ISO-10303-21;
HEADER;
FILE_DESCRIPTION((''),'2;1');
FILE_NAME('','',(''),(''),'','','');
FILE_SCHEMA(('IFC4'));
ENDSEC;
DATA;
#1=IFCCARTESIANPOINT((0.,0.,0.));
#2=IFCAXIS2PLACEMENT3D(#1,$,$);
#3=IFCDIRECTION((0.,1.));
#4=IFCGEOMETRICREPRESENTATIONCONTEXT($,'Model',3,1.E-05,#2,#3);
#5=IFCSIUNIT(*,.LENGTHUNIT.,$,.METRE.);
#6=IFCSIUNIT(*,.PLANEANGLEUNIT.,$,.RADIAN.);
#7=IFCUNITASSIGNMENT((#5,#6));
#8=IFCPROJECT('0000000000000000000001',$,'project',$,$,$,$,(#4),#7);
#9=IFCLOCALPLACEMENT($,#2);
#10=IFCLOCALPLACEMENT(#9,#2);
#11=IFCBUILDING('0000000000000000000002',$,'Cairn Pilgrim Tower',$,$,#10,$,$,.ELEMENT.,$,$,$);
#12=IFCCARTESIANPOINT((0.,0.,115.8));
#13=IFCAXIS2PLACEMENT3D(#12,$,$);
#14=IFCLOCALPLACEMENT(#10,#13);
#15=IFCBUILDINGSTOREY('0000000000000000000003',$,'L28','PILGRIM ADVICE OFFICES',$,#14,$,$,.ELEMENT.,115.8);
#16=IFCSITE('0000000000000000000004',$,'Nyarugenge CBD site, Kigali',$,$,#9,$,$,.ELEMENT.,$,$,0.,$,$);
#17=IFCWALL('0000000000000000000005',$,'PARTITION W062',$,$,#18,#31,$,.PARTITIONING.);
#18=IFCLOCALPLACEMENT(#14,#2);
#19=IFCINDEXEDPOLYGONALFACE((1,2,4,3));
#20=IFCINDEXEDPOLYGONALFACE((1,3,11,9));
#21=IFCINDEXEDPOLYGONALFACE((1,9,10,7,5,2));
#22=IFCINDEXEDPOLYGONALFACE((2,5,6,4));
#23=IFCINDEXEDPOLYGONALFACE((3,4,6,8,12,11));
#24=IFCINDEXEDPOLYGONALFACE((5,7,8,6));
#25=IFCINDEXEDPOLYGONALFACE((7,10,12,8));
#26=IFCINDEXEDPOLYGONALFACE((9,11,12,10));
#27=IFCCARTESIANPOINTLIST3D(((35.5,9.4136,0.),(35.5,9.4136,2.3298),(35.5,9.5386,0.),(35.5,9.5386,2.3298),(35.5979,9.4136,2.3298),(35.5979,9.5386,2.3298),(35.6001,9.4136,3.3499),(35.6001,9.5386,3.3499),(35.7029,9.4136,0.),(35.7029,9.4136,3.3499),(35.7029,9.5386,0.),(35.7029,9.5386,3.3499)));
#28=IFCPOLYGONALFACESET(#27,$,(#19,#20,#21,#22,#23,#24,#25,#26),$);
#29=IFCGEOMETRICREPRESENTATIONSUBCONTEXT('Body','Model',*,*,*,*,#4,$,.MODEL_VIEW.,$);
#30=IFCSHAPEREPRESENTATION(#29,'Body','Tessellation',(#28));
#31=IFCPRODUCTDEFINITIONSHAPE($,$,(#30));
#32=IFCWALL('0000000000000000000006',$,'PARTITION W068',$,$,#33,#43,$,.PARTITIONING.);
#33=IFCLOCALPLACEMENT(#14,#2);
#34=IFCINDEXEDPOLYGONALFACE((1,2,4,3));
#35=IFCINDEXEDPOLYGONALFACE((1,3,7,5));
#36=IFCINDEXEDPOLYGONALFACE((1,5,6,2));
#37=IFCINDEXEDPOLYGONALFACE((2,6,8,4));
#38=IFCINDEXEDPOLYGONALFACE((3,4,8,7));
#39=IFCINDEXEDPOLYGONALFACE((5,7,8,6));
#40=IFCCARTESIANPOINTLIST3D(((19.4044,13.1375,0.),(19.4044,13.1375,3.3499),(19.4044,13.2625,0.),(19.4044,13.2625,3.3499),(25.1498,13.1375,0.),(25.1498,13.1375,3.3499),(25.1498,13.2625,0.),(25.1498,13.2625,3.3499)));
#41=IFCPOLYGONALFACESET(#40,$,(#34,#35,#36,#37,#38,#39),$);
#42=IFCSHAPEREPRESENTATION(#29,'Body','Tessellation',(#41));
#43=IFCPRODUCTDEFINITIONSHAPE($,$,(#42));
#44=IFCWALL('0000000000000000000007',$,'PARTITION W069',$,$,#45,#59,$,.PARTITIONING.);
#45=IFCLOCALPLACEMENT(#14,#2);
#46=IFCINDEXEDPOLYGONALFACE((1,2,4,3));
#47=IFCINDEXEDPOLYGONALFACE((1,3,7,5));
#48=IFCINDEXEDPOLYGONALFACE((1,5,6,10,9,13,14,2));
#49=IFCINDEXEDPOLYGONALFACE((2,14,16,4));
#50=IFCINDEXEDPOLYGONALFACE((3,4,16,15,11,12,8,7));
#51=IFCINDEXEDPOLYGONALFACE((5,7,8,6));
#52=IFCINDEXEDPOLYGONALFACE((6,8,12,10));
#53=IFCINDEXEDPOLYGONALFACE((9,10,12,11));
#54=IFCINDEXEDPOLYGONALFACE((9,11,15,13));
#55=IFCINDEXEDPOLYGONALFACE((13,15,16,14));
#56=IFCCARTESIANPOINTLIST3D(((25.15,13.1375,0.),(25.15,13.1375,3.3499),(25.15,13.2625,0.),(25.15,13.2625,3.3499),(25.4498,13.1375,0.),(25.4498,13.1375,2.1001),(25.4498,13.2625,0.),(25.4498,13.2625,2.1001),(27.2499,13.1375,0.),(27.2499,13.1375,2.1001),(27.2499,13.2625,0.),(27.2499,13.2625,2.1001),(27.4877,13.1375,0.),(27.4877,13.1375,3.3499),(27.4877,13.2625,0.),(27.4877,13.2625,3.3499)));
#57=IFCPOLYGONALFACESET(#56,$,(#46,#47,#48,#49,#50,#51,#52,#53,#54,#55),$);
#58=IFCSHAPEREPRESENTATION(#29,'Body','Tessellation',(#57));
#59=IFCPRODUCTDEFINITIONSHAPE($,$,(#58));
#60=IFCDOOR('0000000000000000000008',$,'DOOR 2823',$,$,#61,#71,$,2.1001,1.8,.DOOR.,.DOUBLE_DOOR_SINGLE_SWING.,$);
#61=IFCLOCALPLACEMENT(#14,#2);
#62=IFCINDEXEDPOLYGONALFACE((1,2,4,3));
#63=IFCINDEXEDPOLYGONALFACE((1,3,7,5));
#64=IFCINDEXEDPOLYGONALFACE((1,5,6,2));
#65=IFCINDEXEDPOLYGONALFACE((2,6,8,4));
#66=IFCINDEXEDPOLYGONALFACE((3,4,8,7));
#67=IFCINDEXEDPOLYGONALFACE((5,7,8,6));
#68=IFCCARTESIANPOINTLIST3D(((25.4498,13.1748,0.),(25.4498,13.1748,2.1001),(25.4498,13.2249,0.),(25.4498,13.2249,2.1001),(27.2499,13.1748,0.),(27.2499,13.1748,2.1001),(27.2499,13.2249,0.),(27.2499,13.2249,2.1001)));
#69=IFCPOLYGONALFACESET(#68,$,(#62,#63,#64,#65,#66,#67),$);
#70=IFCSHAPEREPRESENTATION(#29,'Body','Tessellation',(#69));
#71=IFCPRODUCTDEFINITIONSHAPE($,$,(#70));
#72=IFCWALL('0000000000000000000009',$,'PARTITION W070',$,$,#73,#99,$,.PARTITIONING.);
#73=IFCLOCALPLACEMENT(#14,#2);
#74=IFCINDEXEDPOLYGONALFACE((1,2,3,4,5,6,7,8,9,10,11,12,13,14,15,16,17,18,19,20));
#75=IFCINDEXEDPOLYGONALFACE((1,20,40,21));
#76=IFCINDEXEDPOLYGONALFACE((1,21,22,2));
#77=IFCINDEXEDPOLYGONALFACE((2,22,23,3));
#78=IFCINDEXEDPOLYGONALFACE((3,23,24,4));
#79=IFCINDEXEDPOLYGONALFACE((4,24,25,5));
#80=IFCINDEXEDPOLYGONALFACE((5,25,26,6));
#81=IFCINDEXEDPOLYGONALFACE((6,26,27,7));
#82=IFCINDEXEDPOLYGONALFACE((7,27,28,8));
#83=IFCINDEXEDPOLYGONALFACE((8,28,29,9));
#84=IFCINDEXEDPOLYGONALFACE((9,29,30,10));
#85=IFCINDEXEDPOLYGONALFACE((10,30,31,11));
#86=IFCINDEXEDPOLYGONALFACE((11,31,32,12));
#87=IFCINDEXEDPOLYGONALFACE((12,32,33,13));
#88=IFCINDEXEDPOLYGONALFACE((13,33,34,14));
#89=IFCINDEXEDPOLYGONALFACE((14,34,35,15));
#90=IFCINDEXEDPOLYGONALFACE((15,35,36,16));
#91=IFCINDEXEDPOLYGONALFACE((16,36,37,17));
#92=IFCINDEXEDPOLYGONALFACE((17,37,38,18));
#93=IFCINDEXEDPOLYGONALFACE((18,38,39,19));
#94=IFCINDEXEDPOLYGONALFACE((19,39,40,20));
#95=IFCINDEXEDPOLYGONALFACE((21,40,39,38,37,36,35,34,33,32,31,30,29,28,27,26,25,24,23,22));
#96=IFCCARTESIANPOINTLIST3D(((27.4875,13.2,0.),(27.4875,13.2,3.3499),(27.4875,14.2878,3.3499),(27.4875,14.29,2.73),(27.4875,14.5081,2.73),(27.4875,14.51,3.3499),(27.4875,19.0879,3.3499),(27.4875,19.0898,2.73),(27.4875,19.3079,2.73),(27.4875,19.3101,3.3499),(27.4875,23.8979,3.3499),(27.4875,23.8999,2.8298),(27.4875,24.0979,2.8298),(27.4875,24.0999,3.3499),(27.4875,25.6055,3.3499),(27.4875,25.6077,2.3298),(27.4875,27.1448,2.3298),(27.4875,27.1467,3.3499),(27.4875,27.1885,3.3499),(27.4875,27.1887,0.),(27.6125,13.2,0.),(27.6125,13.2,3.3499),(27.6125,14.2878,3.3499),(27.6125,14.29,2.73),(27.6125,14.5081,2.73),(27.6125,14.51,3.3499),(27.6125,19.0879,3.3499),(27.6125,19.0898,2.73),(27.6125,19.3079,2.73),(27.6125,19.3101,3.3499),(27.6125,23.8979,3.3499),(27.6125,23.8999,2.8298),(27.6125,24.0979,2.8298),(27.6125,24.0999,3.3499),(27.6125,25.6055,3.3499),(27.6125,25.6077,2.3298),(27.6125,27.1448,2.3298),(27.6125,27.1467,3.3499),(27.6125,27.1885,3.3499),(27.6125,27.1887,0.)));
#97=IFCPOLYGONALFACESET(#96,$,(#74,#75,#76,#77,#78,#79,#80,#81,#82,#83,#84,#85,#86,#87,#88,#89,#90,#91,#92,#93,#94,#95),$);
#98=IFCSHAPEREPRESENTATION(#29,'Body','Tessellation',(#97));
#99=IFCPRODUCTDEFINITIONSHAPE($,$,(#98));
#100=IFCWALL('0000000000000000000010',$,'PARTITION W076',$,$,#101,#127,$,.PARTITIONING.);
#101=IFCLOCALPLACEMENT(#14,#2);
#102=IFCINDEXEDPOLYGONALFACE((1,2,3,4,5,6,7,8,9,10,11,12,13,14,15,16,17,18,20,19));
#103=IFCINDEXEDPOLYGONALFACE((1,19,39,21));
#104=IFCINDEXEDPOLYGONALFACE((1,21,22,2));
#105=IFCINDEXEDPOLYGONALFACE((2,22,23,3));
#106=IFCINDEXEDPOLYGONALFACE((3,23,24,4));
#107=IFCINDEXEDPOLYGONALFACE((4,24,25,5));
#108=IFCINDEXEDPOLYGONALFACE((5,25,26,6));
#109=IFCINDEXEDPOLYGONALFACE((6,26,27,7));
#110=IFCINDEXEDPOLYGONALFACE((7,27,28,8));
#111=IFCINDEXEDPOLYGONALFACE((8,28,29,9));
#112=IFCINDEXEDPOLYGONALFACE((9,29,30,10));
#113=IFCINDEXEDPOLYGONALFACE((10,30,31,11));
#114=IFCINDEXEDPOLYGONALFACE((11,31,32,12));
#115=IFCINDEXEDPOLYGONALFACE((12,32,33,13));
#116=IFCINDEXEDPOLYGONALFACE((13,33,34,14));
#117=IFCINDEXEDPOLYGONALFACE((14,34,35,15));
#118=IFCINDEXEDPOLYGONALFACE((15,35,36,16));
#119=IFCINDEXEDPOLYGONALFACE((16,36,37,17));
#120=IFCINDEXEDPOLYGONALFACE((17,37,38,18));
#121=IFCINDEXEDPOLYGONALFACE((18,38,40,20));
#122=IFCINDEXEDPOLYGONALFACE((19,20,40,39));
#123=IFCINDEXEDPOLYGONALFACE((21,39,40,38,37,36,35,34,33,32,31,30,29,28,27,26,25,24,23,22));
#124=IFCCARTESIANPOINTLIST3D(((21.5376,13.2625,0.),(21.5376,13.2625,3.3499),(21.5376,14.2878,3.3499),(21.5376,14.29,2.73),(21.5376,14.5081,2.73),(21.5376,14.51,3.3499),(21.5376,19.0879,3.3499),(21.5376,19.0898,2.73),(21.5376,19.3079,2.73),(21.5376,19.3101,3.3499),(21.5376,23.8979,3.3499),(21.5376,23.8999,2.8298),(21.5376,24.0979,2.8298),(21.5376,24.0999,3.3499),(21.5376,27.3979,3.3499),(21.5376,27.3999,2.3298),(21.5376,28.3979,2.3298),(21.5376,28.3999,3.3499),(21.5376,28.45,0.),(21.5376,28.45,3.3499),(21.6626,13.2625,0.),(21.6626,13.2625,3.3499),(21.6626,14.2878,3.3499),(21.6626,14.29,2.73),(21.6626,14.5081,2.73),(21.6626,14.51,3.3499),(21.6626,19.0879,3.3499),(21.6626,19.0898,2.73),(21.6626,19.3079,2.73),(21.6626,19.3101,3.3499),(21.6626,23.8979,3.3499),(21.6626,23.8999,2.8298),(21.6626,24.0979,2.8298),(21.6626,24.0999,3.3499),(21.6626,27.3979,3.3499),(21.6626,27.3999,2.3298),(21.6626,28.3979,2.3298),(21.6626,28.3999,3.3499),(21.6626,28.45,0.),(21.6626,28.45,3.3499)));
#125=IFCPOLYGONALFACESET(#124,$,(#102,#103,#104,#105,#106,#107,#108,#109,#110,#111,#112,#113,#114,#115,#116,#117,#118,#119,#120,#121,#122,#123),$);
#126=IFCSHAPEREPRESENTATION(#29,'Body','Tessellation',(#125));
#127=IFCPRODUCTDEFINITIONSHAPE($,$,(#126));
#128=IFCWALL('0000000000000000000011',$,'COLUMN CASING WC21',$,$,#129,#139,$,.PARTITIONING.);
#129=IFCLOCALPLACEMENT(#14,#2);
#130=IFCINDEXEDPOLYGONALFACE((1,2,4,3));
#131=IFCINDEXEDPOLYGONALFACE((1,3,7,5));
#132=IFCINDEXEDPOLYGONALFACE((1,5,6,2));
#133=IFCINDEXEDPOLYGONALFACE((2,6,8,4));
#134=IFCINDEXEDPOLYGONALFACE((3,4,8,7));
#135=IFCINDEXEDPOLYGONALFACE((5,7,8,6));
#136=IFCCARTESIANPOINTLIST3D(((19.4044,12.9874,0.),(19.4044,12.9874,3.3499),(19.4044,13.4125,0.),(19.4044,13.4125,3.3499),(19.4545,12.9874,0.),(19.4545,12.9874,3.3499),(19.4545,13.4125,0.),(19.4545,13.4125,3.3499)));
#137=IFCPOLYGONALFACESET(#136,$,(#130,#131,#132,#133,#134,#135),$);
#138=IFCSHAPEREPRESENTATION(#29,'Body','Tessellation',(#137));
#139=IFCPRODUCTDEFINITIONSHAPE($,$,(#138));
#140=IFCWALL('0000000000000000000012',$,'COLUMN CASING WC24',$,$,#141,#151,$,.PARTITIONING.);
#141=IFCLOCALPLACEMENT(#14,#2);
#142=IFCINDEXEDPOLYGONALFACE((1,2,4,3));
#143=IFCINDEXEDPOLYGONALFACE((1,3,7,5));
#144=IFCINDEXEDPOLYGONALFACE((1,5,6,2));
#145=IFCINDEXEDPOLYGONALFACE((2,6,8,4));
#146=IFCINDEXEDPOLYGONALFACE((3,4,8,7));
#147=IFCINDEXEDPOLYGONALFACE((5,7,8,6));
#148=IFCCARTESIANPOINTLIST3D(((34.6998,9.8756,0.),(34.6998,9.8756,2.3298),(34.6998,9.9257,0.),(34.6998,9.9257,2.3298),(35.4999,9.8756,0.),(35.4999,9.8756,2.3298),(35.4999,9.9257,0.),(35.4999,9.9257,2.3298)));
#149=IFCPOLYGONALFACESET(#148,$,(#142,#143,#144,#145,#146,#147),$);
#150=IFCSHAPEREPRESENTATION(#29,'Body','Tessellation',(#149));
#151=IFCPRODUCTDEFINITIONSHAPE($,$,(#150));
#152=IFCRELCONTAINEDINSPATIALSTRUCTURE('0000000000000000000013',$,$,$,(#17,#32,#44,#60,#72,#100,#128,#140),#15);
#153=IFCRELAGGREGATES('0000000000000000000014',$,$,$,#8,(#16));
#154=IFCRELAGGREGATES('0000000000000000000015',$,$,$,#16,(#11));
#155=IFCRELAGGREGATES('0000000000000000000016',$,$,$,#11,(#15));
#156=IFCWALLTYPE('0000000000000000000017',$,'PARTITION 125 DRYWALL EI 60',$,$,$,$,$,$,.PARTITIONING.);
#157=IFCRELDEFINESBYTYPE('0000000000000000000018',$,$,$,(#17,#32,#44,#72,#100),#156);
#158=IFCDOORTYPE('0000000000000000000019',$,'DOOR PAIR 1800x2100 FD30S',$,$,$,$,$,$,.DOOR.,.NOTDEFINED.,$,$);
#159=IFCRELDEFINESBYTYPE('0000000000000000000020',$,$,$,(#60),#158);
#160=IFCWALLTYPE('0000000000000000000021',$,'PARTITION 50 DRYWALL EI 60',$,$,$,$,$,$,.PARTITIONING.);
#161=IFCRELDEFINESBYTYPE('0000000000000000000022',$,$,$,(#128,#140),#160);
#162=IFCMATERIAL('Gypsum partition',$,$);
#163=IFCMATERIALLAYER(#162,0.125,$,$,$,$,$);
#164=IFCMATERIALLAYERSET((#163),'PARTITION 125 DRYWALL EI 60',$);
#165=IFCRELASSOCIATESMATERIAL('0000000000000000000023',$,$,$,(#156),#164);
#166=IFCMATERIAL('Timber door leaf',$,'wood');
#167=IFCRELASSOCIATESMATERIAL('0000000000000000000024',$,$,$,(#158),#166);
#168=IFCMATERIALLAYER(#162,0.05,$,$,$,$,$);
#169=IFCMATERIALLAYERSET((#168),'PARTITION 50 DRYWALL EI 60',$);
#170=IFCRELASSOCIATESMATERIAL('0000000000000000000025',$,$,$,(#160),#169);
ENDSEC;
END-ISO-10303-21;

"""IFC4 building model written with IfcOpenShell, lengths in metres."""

from ifc_helpers import new_model, si_unit, direction, frame, frame_2d, origin, place, context, subcontext, project, spatial, polyline, rectangle, outline, extrude, material, layer, layer_set, type_object, element, fill, save


model = new_model("IFC4")

# Units and contexts
model_context = context("Model", 3, precision=1e-05, world=origin(), true_north=direction((0.0, 1.0)))
body_context = subcontext(model_context, "Body", "Model", "MODEL_VIEW")
ifc_project = project(units=[si_unit("LENGTHUNIT", "METRE"), si_unit("PLANEANGLEUNIT", "RADIAN")], contexts=[model_context])

# Site, building, storey
site_placement = place(None, origin())
site = spatial("IfcSite", under=ifc_project, at=site_placement, Name="Nyarugenge CBD site, Kigali", CompositionType="ELEMENT", RefElevation=0.0)
building_placement = place(site_placement, origin())
building = spatial("IfcBuilding", under=site, at=building_placement, Name="Cairn Pilgrim Tower", CompositionType="ELEMENT")
storey_placement = place(building_placement, frame((0.0, 0.0, 115.8)))
storey = spatial("IfcBuildingStorey", under=building, at=storey_placement, Name="L28", Description="PILGRIM ADVICE OFFICES", CompositionType="ELEMENT", Elevation=115.8)

# Shared definitions
ifc_material_1 = material(Name="Gypsum partition")
ifc_layer_1 = layer(ifc_material_1, 0.125)
ifc_layer_set_1 = layer_set([ifc_layer_1], Name="PARTITION 125 DRYWALL EI 60")
wall_type_1 = type_object("IfcWallType", Name="PARTITION 125 DRYWALL EI 60", PredefinedType="PARTITIONING", material=ifc_layer_set_1)

# Walls
wall_1_placement = place(storey_placement, frame((35.5, 9.4761, 0.0), z_axis=(0.0, 0.0, 1.0), x_axis=(1.0, 0.0, 0.0)))
element("IfcWall", 1, at=wall_1_placement, inside=storey, type_object=wall_type_1, Name="PARTITION W062", PredefinedType="PARTITIONING", context=body_context, shape_type="SweptSolid", body=[
    extrude(outline(polyline([(0.0, 0.0), (0.2029, 0.0), (0.2029, 3.3499), (0.1001, 3.3499), (0.0979, 2.3298), (0.0, 2.3298), (0.0, 0.0)])), frame((0.0, 0.0625, 0.0), z_axis=(0.0, -1.0, 0.0), x_axis=(1.0, 0.0, 0.0)), (0.0, 0.0, 1.0), 0.125),
])
wall_2_placement = place(storey_placement, frame((19.4045, 13.2, 0.0), z_axis=(0.0, 0.0, 1.0), x_axis=(1.0, 0.0, 0.0)))
element("IfcWall", 2, at=wall_2_placement, inside=storey, type_object=wall_type_1, Name="PARTITION W068", PredefinedType="PARTITIONING", context=body_context, shape_type="SweptSolid", body=[
    extrude(rectangle(XDim=5.7454, YDim=0.125, at=frame_2d((2.8726, 0.0))), origin(), (0.0, 0.0, 1.0), 3.3499),
])

# Wall, opening, door
wall_3_placement = place(storey_placement, frame((25.1499, 13.2, 0.0), z_axis=(0.0, 0.0, 1.0), x_axis=(1.0, 0.0, 0.0)))
wall_3 = element("IfcWall", 3, at=wall_3_placement, inside=storey, type_object=wall_type_1, Name="PARTITION W069", PredefinedType="PARTITIONING", context=body_context, shape_type="SweptSolid", body=[
    extrude(rectangle(XDim=2.3376, YDim=0.125, at=frame_2d((1.1689, 0.0))), origin(), (0.0, 0.0, 1.0), 3.3499),
])
opening_1_placement = place(wall_3_placement, frame((0.3, 0.0, 0.0)))
opening_1 = element("IfcOpeningElement", 4, at=opening_1_placement, cuts=wall_3, PredefinedType="OPENING", context=body_context, shape_type="SweptSolid", body=[
    extrude(rectangle(XDim=1.8, YDim=2.1001, at=frame_2d((0.8999, 1.05))), frame((0.0, 0.0725, 0.0), z_axis=(0.0, -1.0, 0.0), x_axis=(1.0, 0.0, 0.0)), (0.0, 0.0, 1.0), 0.145),
])
ifc_material_2 = material(Name="Timber door leaf", Category="wood")
door_type_1 = type_object("IfcDoorType", Name="DOOR PAIR 1800x2100 FD30S", OperationType="NOTDEFINED", PredefinedType="DOOR", material=ifc_material_2)
door_1_placement = place(opening_1_placement, origin())
door_1 = element("IfcDoor", 5, at=door_1_placement, inside=storey, type_object=door_type_1, Name="DOOR 2823", OperationType="DOUBLE_DOOR_SINGLE_SWING", OverallHeight=2.1001, OverallWidth=1.8, PredefinedType="DOOR", context=body_context, shape_type="SweptSolid", body=[
    extrude(rectangle(XDim=1.8, YDim=2.1001, at=frame_2d((0.8999, 1.05))), frame((0.0, 0.0249, 0.0), z_axis=(0.0, -1.0, 0.0), x_axis=(1.0, 0.0, 0.0)), (0.0, 0.0, 1.0), 0.05),
])
fill(opening_1, door_1)

# Walls
wall_4_placement = place(storey_placement, frame((27.55, 13.2, 0.0), z_axis=(0.0, 0.0, 1.0), x_axis=(0.0, 1.0, 0.0)))
element("IfcWall", 6, at=wall_4_placement, inside=storey, type_object=wall_type_1, Name="PARTITION W070", PredefinedType="PARTITIONING", context=body_context, shape_type="SweptSolid", body=[
    extrude(outline(polyline([(0.0, 0.0), (13.9888, 0.0), (13.9885, 3.3499), (13.9468, 3.3499), (13.9448, 2.3298), (12.4077, 2.3298), (12.4055, 3.3499), (10.8999, 3.3499), (10.8979, 2.8298), (10.7, 2.8298), (10.698, 3.3499), (6.1101, 3.3499), (6.1079, 2.73), (5.8899, 2.73), (5.8879, 3.3499), (1.3101, 3.3499), (1.3081, 2.73), (1.0901, 2.73), (1.0879, 3.3499), (0.0, 3.3499), (0.0, 0.0)])), frame((0.0, 0.0625, 0.0), z_axis=(0.0, -1.0, 0.0), x_axis=(1.0, 0.0, 0.0)), (0.0, 0.0, 1.0), 0.125),
])
wall_5_placement = place(storey_placement, frame((21.6001, 13.2625, 0.0), z_axis=(0.0, 0.0, 1.0), x_axis=(0.0, 1.0, 0.0)))
element("IfcWall", 7, at=wall_5_placement, inside=storey, type_object=wall_type_1, Name="PARTITION W076", PredefinedType="PARTITIONING", context=body_context, shape_type="SweptSolid", body=[
    extrude(outline(polyline([(0.0, 0.0), (15.1875, 0.0), (15.1875, 3.3499), (15.1375, 3.3499), (15.1355, 2.3298), (14.1375, 2.3298), (14.1355, 3.3499), (10.8374, 3.3499), (10.8354, 2.8298), (10.6375, 2.8298), (10.6355, 3.3499), (6.0476, 3.3499), (6.0454, 2.73), (5.8274, 2.73), (5.8254, 3.3499), (1.2476, 3.3499), (1.2456, 2.73), (1.0276, 2.73), (1.0254, 3.3499), (0.0, 3.3499), (0.0, 0.0)])), frame((0.0, 0.0625, 0.0), z_axis=(0.0, -1.0, 0.0), x_axis=(1.0, 0.0, 0.0)), (0.0, 0.0, 1.0), 0.125),
])
ifc_layer_2 = layer(ifc_material_1, 0.05)
ifc_layer_set_2 = layer_set([ifc_layer_2], Name="PARTITION 50 DRYWALL EI 60")
wall_type_2 = type_object("IfcWallType", Name="PARTITION 50 DRYWALL EI 60", PredefinedType="PARTITIONING", material=ifc_layer_set_2)
wall_6_placement = place(storey_placement, frame((19.4294, 12.9875, 0.0), z_axis=(0.0, 0.0, 1.0), x_axis=(0.0, 1.0, 0.0)))
element("IfcWall", 8, at=wall_6_placement, inside=storey, type_object=wall_type_2, Name="COLUMN CASING WC21", PredefinedType="PARTITIONING", context=body_context, shape_type="SweptSolid", body=[
    extrude(rectangle(XDim=0.425, YDim=0.05, at=frame_2d((0.2124, 0.0))), origin(), (0.0, 0.0, 1.0), 3.3499),
])
wall_7_placement = place(storey_placement, frame((34.7, 9.9006, 0.0), z_axis=(0.0, 0.0, 1.0), x_axis=(1.0, 0.0, 0.0)))
element("IfcWall", 9, at=wall_7_placement, inside=storey, type_object=wall_type_2, Name="COLUMN CASING WC24", PredefinedType="PARTITIONING", context=body_context, shape_type="SweptSolid", body=[
    extrude(rectangle(XDim=0.8, YDim=0.05, at=frame_2d((0.3999, 0.0))), origin(), (0.0, 0.0, 1.0), 2.3298),
])

save(model, "model.ifc")
